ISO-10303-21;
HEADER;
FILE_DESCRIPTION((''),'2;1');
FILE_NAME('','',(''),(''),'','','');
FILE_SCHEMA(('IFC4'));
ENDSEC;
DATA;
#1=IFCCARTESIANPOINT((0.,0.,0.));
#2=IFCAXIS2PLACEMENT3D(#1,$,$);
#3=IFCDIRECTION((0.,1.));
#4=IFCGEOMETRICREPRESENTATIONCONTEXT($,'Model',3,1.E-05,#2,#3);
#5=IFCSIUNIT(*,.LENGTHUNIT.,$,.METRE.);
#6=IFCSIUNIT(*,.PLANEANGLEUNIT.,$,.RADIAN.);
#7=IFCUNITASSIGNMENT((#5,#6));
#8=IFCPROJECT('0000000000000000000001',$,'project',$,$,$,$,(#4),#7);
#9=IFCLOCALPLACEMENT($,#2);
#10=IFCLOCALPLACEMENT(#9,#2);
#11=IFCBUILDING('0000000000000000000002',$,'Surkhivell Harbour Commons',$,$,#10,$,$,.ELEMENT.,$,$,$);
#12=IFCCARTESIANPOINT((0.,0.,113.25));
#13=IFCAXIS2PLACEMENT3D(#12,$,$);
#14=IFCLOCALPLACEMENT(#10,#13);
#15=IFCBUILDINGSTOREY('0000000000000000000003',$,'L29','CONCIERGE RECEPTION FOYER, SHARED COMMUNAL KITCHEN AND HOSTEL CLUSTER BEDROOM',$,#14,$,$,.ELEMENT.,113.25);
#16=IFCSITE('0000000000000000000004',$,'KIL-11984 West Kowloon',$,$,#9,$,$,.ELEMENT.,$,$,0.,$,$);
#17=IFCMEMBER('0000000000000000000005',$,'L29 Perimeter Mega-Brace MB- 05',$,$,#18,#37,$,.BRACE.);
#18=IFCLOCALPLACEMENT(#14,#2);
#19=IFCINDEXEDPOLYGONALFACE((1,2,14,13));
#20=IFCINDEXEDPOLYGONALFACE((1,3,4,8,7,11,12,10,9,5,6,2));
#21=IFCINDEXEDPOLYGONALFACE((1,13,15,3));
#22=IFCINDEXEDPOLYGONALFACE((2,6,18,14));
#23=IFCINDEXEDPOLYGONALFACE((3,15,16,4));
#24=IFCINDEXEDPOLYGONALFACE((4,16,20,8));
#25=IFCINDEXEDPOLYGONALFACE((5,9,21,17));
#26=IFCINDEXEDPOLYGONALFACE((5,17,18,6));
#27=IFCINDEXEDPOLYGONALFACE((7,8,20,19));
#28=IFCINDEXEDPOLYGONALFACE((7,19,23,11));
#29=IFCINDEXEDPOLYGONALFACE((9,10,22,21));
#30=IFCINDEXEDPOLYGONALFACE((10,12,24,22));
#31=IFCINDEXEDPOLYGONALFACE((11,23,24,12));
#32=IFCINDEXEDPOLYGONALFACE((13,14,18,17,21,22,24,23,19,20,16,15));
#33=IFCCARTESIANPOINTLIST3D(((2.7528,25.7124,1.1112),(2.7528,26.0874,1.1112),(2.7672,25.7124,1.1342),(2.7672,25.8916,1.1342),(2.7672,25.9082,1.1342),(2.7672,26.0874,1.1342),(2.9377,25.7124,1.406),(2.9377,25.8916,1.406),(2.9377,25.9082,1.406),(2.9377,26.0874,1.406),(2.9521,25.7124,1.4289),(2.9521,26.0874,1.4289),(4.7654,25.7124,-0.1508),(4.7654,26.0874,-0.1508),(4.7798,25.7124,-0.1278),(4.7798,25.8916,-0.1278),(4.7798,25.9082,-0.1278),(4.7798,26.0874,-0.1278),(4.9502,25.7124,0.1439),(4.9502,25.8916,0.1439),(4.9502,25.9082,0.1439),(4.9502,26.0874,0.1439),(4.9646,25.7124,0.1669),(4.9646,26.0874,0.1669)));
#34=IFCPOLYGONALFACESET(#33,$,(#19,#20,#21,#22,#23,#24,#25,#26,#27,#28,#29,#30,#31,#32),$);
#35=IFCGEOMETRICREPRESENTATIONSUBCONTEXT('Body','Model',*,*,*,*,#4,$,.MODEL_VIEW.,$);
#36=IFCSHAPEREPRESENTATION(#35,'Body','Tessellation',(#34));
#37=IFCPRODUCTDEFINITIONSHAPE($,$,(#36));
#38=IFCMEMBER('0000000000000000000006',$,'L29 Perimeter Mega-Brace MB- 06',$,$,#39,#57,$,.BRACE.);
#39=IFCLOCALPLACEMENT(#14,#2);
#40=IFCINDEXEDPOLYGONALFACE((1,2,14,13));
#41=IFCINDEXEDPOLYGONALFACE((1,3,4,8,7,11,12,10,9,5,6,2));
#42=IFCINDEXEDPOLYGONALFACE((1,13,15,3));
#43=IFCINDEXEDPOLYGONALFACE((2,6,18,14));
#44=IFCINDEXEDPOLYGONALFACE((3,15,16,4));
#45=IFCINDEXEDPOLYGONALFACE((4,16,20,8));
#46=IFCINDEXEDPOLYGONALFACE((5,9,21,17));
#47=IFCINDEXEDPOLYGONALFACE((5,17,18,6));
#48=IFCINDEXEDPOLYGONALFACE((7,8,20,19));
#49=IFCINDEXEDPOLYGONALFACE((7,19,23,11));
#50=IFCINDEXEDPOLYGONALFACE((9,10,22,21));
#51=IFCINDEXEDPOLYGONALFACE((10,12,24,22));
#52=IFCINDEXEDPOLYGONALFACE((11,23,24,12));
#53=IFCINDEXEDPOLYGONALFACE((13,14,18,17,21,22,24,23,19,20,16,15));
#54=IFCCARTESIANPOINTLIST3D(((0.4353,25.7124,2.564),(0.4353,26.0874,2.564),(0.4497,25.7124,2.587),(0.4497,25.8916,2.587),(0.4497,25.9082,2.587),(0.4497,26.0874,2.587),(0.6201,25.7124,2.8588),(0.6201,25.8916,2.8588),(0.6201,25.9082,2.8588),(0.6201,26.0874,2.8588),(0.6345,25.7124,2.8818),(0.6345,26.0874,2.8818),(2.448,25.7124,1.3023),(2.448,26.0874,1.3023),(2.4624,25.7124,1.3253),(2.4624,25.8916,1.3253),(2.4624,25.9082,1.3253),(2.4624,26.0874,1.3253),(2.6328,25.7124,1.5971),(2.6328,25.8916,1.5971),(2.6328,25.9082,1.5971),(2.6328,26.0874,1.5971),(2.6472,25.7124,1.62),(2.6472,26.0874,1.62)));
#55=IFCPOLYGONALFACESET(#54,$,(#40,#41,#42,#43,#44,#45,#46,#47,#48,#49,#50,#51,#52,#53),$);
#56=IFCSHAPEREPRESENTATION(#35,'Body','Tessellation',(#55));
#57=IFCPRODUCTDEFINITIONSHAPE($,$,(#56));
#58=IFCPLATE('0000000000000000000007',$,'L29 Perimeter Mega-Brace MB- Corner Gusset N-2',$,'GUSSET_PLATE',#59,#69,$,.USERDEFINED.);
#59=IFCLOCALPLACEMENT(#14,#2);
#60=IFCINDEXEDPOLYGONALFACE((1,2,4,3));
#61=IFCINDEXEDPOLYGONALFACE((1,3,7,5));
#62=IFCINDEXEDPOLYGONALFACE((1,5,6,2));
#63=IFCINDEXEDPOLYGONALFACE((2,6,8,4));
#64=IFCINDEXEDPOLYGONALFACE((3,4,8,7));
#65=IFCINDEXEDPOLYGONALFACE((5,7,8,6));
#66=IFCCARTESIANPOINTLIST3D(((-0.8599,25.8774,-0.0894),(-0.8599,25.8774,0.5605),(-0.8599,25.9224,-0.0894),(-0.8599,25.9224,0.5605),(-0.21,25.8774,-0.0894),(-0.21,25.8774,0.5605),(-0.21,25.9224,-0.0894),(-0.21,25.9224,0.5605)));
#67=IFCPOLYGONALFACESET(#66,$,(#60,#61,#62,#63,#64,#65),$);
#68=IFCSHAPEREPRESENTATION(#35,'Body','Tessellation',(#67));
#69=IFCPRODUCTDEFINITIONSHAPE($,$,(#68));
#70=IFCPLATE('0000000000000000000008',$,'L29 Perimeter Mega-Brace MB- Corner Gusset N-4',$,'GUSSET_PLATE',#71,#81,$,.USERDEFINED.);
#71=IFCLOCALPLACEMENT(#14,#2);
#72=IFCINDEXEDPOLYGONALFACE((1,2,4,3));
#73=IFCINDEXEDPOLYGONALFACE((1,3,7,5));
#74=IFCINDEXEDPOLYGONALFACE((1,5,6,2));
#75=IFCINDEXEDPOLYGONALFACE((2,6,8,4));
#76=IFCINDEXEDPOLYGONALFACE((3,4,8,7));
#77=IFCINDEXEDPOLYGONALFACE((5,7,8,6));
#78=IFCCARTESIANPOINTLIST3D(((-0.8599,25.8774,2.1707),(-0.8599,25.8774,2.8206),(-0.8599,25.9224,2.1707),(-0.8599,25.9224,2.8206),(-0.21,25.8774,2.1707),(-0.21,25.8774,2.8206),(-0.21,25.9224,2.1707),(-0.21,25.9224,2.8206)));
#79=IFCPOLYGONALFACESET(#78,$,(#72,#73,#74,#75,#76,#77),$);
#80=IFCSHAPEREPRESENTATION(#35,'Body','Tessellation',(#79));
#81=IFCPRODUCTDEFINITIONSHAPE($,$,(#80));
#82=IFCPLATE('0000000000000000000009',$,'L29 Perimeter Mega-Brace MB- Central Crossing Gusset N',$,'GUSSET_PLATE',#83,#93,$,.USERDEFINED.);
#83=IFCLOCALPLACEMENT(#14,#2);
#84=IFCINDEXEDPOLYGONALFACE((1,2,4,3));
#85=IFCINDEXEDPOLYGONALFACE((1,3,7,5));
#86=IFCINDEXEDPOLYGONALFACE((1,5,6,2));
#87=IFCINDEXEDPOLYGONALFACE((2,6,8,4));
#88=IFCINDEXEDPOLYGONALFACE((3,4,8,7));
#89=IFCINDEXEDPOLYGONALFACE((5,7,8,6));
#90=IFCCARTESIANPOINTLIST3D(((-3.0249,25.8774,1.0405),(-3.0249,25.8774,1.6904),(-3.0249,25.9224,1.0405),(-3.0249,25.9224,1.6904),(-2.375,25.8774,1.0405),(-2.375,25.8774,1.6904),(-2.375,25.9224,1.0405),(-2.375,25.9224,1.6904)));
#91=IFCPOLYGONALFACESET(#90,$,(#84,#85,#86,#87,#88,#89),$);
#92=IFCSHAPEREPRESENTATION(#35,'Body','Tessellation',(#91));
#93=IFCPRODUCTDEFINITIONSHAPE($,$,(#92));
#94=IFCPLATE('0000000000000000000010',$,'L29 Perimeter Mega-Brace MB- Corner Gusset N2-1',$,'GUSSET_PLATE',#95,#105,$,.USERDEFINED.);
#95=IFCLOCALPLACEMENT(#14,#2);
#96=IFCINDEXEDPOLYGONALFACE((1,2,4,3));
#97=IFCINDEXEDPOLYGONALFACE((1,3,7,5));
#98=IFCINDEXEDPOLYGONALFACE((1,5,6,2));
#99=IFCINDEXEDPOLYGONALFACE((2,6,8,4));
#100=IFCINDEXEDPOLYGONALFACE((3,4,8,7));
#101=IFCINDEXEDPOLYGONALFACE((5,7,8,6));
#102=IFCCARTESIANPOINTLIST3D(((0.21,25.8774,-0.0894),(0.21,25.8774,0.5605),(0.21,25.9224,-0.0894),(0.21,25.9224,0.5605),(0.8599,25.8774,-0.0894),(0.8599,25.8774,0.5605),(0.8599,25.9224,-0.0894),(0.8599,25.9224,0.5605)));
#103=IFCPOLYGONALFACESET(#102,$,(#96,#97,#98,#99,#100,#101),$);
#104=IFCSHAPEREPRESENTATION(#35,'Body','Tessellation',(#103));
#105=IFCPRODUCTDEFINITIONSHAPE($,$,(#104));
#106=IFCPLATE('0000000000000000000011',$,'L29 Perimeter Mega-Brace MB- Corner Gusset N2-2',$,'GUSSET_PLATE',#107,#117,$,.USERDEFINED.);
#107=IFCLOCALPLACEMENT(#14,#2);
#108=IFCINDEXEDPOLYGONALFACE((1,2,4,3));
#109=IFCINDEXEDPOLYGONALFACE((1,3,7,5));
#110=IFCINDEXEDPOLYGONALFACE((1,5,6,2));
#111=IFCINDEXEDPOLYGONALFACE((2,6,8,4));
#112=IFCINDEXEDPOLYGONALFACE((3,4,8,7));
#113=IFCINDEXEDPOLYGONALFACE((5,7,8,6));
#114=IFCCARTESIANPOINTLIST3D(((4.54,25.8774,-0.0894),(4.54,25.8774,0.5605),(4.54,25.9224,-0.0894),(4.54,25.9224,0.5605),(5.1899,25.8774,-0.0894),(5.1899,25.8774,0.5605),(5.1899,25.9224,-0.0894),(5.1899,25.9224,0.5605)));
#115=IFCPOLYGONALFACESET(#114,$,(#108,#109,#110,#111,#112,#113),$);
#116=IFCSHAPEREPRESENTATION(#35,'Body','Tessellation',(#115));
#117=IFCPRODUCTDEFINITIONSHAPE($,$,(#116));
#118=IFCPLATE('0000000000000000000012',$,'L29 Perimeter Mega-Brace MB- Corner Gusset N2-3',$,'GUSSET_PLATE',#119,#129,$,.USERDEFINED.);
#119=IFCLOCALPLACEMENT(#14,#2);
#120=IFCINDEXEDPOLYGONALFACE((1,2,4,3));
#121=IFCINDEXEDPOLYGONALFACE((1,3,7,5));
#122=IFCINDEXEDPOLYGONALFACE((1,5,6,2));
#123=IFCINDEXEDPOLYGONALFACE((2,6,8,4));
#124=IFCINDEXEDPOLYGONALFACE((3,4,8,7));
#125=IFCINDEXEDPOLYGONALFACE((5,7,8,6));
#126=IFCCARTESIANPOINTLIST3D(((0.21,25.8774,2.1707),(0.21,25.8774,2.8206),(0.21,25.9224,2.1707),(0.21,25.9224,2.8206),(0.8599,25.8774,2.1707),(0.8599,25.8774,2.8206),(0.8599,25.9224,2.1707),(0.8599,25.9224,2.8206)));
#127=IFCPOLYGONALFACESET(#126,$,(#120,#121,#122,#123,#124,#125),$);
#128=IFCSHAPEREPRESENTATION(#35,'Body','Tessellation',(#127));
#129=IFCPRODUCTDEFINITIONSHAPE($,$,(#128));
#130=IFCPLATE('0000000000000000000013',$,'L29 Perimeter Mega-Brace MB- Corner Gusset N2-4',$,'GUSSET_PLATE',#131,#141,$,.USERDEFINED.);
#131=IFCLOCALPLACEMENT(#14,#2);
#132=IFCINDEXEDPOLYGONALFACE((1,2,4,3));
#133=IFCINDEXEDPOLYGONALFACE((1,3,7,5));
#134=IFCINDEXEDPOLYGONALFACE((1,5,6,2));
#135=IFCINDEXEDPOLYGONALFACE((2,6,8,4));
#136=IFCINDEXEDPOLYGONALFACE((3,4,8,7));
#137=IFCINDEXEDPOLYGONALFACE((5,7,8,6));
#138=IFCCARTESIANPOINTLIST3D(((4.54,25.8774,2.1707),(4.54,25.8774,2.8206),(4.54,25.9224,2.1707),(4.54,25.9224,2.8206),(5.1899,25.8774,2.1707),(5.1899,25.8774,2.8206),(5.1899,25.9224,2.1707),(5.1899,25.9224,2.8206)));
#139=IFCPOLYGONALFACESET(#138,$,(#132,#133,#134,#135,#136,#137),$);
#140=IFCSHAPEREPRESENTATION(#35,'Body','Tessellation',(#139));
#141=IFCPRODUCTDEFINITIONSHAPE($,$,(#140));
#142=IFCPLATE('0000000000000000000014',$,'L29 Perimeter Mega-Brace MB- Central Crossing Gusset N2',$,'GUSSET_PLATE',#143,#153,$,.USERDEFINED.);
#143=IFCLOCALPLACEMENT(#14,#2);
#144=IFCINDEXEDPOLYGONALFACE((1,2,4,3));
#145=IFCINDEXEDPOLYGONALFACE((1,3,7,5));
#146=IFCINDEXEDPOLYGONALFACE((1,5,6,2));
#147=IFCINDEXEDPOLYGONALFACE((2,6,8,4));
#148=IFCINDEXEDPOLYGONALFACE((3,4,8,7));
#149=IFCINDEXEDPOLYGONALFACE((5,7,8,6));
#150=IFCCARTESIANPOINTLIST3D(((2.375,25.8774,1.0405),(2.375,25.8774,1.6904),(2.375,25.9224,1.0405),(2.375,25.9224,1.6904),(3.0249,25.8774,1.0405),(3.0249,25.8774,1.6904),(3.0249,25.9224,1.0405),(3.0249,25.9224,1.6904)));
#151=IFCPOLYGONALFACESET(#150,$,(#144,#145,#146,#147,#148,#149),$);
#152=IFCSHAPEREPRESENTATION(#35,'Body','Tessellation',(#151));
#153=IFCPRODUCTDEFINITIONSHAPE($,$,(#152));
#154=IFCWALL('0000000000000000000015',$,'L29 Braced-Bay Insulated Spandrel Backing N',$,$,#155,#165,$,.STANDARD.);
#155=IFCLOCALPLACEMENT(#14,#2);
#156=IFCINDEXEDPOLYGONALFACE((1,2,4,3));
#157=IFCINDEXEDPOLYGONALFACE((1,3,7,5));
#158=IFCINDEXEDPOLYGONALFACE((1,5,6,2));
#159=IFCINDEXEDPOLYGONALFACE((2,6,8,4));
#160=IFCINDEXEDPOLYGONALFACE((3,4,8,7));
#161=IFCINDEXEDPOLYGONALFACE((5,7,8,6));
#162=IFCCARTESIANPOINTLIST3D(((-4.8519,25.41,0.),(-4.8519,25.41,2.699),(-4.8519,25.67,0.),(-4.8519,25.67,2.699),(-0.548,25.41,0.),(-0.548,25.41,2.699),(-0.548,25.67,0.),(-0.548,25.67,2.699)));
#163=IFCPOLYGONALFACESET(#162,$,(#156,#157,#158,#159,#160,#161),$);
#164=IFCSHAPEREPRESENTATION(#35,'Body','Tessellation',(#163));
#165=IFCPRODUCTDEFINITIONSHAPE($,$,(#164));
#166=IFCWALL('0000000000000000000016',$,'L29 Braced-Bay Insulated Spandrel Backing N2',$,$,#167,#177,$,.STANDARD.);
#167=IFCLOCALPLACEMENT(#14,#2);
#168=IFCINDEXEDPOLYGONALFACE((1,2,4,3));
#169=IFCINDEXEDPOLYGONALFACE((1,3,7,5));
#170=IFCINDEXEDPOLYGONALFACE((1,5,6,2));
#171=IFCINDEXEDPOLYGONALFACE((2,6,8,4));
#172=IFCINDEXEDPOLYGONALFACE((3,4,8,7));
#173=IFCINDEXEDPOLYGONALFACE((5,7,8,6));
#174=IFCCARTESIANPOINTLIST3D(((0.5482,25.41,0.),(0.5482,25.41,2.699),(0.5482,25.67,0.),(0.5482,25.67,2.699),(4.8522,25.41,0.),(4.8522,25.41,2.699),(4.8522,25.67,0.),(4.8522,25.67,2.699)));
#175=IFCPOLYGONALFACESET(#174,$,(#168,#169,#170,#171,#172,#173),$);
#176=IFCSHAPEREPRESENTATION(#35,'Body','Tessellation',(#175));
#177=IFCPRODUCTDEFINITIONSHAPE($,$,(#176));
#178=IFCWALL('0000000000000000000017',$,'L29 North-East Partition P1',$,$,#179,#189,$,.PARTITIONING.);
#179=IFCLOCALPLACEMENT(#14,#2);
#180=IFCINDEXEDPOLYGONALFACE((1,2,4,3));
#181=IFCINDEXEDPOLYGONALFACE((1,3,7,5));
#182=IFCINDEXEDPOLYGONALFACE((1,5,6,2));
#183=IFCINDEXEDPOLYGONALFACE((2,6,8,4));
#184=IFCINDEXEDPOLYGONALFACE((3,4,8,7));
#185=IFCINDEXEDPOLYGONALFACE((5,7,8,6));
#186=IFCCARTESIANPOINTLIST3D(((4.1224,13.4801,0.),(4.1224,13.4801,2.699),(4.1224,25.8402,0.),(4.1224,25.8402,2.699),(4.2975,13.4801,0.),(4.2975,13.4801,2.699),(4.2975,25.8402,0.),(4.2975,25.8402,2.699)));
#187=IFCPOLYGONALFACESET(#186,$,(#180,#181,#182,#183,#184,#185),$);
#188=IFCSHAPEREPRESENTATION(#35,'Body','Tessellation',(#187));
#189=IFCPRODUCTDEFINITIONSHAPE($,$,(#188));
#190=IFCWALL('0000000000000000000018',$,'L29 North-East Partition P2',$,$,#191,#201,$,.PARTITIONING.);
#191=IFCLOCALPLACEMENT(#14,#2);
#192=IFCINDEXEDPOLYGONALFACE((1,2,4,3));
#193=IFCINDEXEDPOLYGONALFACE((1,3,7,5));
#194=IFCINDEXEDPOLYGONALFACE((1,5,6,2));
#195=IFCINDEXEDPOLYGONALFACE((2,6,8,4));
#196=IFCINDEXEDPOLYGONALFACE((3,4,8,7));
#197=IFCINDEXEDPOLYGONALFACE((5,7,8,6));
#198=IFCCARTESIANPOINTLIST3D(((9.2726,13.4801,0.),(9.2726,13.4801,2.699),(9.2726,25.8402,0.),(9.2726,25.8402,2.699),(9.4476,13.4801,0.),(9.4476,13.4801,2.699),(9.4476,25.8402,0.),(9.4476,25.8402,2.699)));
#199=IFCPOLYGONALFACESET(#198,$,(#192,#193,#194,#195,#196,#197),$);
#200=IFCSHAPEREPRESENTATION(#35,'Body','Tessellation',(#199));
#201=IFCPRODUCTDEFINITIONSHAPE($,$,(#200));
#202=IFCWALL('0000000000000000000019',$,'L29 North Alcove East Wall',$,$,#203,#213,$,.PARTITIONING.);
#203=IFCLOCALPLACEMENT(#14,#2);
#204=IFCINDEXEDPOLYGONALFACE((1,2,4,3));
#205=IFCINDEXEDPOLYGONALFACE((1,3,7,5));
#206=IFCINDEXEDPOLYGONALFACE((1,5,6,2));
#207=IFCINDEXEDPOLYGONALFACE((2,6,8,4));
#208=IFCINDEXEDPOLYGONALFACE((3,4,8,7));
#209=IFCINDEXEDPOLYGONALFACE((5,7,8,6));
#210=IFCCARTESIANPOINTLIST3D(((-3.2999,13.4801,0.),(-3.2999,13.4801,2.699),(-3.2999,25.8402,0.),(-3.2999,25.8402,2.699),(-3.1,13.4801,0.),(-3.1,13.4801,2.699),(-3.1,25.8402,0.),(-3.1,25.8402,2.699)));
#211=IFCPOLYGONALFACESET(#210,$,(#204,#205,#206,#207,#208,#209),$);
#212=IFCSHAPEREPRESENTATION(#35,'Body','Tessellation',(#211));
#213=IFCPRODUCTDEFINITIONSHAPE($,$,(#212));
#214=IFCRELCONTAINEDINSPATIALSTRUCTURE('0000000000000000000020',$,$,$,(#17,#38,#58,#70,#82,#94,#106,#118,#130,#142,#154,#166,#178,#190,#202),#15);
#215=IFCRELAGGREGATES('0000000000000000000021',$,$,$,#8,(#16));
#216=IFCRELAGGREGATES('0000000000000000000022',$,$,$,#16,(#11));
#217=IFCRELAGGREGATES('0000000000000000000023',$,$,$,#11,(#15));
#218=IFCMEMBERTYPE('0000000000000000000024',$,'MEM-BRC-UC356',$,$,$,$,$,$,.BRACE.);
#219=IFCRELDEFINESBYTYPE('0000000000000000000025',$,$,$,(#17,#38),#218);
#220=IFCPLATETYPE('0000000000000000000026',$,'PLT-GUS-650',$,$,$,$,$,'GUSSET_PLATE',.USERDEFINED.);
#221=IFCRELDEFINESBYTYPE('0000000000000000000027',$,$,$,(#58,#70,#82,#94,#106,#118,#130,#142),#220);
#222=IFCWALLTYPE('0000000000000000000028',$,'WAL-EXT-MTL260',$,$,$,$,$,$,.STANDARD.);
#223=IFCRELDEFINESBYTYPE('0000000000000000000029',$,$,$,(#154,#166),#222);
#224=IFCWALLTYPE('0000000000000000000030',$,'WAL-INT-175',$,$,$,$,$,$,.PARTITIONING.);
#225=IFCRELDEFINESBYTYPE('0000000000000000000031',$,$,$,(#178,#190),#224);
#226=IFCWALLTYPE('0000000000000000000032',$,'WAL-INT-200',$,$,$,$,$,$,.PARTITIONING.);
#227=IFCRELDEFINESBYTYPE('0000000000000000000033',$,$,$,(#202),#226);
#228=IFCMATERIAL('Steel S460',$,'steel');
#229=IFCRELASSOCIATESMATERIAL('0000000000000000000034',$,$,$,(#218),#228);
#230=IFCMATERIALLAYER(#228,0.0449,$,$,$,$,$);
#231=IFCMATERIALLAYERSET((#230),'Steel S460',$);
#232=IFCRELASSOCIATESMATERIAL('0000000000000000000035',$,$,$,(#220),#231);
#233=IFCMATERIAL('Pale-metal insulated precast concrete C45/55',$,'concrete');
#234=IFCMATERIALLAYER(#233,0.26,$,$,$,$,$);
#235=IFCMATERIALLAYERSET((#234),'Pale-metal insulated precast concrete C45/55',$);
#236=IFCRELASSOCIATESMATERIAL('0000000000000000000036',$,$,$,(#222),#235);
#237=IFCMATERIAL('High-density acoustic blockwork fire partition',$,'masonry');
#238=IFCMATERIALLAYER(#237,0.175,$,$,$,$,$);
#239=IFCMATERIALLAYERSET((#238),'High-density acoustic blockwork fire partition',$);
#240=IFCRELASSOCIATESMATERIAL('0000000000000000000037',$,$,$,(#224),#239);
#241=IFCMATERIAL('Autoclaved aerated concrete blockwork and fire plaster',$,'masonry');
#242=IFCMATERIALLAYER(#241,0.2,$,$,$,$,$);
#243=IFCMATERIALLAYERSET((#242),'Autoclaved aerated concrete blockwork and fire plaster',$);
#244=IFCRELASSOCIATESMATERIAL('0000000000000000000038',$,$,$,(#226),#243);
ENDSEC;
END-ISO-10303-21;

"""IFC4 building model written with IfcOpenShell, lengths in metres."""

from ifc_helpers import new_model, si_unit, direction, frame, frame_2d, origin, origin_2d, place, context, subcontext, project, spatial, rectangle, i_section, extrude, material, layer, layer_set, material_profile, profile_set, type_object, element, save


model = new_model("IFC4")

# Units and contexts
model_context = context("Model", 3, precision=1e-05, world=origin(), true_north=direction((0.0, 1.0)))
body_context = subcontext(model_context, "Body", "Model", "MODEL_VIEW")
ifc_project = project(units=[si_unit("LENGTHUNIT", "METRE"), si_unit("PLANEANGLEUNIT", "RADIAN")], contexts=[model_context])

# Site, building, storey
site_placement = place(None, origin())
site = spatial("IfcSite", under=ifc_project, at=site_placement, Name="KIL-11984 West Kowloon", CompositionType="ELEMENT", RefElevation=0.0)
building_placement = place(site_placement, origin())
building = spatial("IfcBuilding", under=site, at=building_placement, Name="Surkhivell Harbour Commons", CompositionType="ELEMENT")
storey_placement = place(building_placement, frame((0.0, 0.0, 113.25)))
storey = spatial("IfcBuildingStorey", under=building, at=storey_placement, Name="L29", Description="CONCIERGE RECEPTION FOYER, SHARED COMMUNAL KITCHEN AND HOSTEL CLUSTER BEDROOM", CompositionType="ELEMENT", Elevation=113.25)

# Shared definitions
ifc_material_1 = material(Name="Steel S460", Category="steel")

# Members
ifc_material_profile_1 = material_profile(ifc_material_1, i_section(OverallWidth=0.375, OverallDepth=0.375, WebThickness=0.0166, FlangeThickness=0.0271, at=origin_2d()), Name="UC356x368x202")
ifc_profile_set_1 = profile_set([ifc_material_profile_1], Name="Steel S460")
member_type_1 = type_object("IfcMemberType", Name="MEM-BRC-UC356", PredefinedType="BRACE", material=ifc_profile_set_1)
for number, where, z_axis, x_axis, name in (
    (1, (4.865, 25.8999, 0.0081), (-0.847206, 0.0, 0.531264), (0.0, -1.0, 0.0), "L29 Perimeter Mega-Brace MB- 05"),
    (2, (2.5476, 25.8999, 1.4612), (-0.847282, 0.0, 0.531144), (0.0, -1.0, 0.0), "L29 Perimeter Mega-Brace MB- 06"),
):
    element("IfcMember", number, at=place(storey_placement, frame(where, z_axis=z_axis, x_axis=x_axis)), inside=storey, type_object=member_type_1, Name=name, PredefinedType="BRACE", context=body_context, shape_type="SweptSolid", body=[
        extrude(i_section(OverallWidth=0.375, OverallDepth=0.375, WebThickness=0.0166, FlangeThickness=0.0271, at=origin_2d()), origin(), (0.0, 0.0, 1.0), 2.3755),
    ])

# Plates
ifc_layer_1 = layer(ifc_material_1, 0.0449)
ifc_layer_set_1 = layer_set([ifc_layer_1], Name="Steel S460")
plate_type = type_object("IfcPlateType", Name="PLT-GUS-650", ElementType="GUSSET_PLATE", PredefinedType="USERDEFINED", material=ifc_layer_set_1)
for number, where, z_axis, x_axis, name in (
    (3, (-0.5349, 25.8999, -0.0894), (0.0, 0.0, 1.0), (1.0, 0.0, 0.0), "L29 Perimeter Mega-Brace MB- Corner Gusset N-2"),
    (4, (-0.5349, 25.8999, 2.1707), (0.0, 0.0, 1.0), (1.0, 0.0, 0.0), "L29 Perimeter Mega-Brace MB- Corner Gusset N-4"),
    (5, (-2.7, 25.8999, 1.0405), (0.0, 0.0, 1.0), (1.0, 0.0, 0.0), "L29 Perimeter Mega-Brace MB- Central Crossing Gusset N"),
    (6, (0.5349, 25.8999, -0.0894), (0.0, 0.0, 1.0), (1.0, 0.0, 0.0), "L29 Perimeter Mega-Brace MB- Corner Gusset N2-1"),
    (7, (4.865, 25.8999, -0.0894), (0.0, 0.0, 1.0), (1.0, 0.0, 0.0), "L29 Perimeter Mega-Brace MB- Corner Gusset N2-2"),
    (8, (0.5349, 25.8999, 2.1707), (0.0, 0.0, 1.0), (1.0, 0.0, 0.0), "L29 Perimeter Mega-Brace MB- Corner Gusset N2-3"),
    (9, (4.865, 25.8999, 2.1707), (0.0, 0.0, 1.0), (1.0, 0.0, 0.0), "L29 Perimeter Mega-Brace MB- Corner Gusset N2-4"),
    (10, (2.7, 25.8999, 1.0405), (0.0, 0.0, 1.0), (1.0, 0.0, 0.0), "L29 Perimeter Mega-Brace MB- Central Crossing Gusset N2"),
):
    element("IfcPlate", number, at=place(storey_placement, frame(where, z_axis=z_axis, x_axis=x_axis)), inside=storey, type_object=plate_type, Name=name, ObjectType="GUSSET_PLATE", PredefinedType="USERDEFINED", context=body_context, shape_type="SweptSolid", body=[
        extrude(rectangle(XDim=0.6499, YDim=0.0449, at=origin_2d()), origin(), (0.0, 0.0, 1.0), 0.6499),
    ])

# Walls
ifc_material_2 = material(Name="Pale-metal insulated precast concrete C45/55", Category="concrete")
ifc_layer_2 = layer(ifc_material_2, 0.26)
ifc_layer_set_2 = layer_set([ifc_layer_2], Name="Pale-metal insulated precast concrete C45/55")
wall_type_1 = type_object("IfcWallType", Name="WAL-EXT-MTL260", PredefinedType="STANDARD", material=ifc_layer_set_2)
for number, where, z_axis, x_axis, name in (
    (11, (-0.5481, 25.54, 0.0), (0.0, 0.0, 1.0), (-1.0, 0.0, 0.0), "L29 Braced-Bay Insulated Spandrel Backing N"),
    (12, (4.8521, 25.54, 0.0), (0.0, 0.0, 1.0), (-1.0, 0.0, 0.0), "L29 Braced-Bay Insulated Spandrel Backing N2"),
):
    element("IfcWall", number, at=place(storey_placement, frame(where, z_axis=z_axis, x_axis=x_axis)), inside=storey, type_object=wall_type_1, Name=name, PredefinedType="STANDARD", context=body_context, shape_type="SweptSolid", body=[
        extrude(rectangle(XDim=4.304, YDim=0.26, at=frame_2d((2.1519, 0.0))), origin(), (0.0, 0.0, 1.0), 2.699),
    ])
ifc_material_3 = material(Name="High-density acoustic blockwork fire partition", Category="masonry")
ifc_layer_3 = layer(ifc_material_3, 0.175)
ifc_layer_set_3 = layer_set([ifc_layer_3], Name="High-density acoustic blockwork fire partition")
wall_type_2 = type_object("IfcWallType", Name="WAL-INT-175", PredefinedType="PARTITIONING", material=ifc_layer_set_3)
for number, where, z_axis, x_axis, name in (
    (13, (4.21, 13.48, 0.0), (0.0, 0.0, 1.0), (0.0, 1.0, 0.0), "L29 North-East Partition P1"),
    (14, (9.3601, 13.48, 0.0), (0.0, 0.0, 1.0), (0.0, 1.0, 0.0), "L29 North-East Partition P2"),
):
    element("IfcWall", number, at=place(storey_placement, frame(where, z_axis=z_axis, x_axis=x_axis)), inside=storey, type_object=wall_type_2, Name=name, PredefinedType="PARTITIONING", context=body_context, shape_type="SweptSolid", body=[
        extrude(rectangle(XDim=12.3601, YDim=0.175, at=frame_2d((6.1802, 0.0))), origin(), (0.0, 0.0, 1.0), 2.699),
    ])
ifc_material_4 = material(Name="Autoclaved aerated concrete blockwork and fire plaster", Category="masonry")
ifc_layer_4 = layer(ifc_material_4, 0.2)
ifc_layer_set_4 = layer_set([ifc_layer_4], Name="Autoclaved aerated concrete blockwork and fire plaster")
wall_type_3 = type_object("IfcWallType", Name="WAL-INT-200", PredefinedType="PARTITIONING", material=ifc_layer_set_4)
wall_placement = place(storey_placement, frame((-3.2, 13.48, 0.0), z_axis=(0.0, 0.0, 1.0), x_axis=(0.0, 1.0, 0.0)))
element("IfcWall", 15, at=wall_placement, inside=storey, type_object=wall_type_3, Name="L29 North Alcove East Wall", PredefinedType="PARTITIONING", context=body_context, shape_type="SweptSolid", body=[
    extrude(rectangle(XDim=12.3601, YDim=0.2, at=frame_2d((6.1802, 0.0))), origin(), (0.0, 0.0, 1.0), 2.699),
])

save(model, "model.ifc")
